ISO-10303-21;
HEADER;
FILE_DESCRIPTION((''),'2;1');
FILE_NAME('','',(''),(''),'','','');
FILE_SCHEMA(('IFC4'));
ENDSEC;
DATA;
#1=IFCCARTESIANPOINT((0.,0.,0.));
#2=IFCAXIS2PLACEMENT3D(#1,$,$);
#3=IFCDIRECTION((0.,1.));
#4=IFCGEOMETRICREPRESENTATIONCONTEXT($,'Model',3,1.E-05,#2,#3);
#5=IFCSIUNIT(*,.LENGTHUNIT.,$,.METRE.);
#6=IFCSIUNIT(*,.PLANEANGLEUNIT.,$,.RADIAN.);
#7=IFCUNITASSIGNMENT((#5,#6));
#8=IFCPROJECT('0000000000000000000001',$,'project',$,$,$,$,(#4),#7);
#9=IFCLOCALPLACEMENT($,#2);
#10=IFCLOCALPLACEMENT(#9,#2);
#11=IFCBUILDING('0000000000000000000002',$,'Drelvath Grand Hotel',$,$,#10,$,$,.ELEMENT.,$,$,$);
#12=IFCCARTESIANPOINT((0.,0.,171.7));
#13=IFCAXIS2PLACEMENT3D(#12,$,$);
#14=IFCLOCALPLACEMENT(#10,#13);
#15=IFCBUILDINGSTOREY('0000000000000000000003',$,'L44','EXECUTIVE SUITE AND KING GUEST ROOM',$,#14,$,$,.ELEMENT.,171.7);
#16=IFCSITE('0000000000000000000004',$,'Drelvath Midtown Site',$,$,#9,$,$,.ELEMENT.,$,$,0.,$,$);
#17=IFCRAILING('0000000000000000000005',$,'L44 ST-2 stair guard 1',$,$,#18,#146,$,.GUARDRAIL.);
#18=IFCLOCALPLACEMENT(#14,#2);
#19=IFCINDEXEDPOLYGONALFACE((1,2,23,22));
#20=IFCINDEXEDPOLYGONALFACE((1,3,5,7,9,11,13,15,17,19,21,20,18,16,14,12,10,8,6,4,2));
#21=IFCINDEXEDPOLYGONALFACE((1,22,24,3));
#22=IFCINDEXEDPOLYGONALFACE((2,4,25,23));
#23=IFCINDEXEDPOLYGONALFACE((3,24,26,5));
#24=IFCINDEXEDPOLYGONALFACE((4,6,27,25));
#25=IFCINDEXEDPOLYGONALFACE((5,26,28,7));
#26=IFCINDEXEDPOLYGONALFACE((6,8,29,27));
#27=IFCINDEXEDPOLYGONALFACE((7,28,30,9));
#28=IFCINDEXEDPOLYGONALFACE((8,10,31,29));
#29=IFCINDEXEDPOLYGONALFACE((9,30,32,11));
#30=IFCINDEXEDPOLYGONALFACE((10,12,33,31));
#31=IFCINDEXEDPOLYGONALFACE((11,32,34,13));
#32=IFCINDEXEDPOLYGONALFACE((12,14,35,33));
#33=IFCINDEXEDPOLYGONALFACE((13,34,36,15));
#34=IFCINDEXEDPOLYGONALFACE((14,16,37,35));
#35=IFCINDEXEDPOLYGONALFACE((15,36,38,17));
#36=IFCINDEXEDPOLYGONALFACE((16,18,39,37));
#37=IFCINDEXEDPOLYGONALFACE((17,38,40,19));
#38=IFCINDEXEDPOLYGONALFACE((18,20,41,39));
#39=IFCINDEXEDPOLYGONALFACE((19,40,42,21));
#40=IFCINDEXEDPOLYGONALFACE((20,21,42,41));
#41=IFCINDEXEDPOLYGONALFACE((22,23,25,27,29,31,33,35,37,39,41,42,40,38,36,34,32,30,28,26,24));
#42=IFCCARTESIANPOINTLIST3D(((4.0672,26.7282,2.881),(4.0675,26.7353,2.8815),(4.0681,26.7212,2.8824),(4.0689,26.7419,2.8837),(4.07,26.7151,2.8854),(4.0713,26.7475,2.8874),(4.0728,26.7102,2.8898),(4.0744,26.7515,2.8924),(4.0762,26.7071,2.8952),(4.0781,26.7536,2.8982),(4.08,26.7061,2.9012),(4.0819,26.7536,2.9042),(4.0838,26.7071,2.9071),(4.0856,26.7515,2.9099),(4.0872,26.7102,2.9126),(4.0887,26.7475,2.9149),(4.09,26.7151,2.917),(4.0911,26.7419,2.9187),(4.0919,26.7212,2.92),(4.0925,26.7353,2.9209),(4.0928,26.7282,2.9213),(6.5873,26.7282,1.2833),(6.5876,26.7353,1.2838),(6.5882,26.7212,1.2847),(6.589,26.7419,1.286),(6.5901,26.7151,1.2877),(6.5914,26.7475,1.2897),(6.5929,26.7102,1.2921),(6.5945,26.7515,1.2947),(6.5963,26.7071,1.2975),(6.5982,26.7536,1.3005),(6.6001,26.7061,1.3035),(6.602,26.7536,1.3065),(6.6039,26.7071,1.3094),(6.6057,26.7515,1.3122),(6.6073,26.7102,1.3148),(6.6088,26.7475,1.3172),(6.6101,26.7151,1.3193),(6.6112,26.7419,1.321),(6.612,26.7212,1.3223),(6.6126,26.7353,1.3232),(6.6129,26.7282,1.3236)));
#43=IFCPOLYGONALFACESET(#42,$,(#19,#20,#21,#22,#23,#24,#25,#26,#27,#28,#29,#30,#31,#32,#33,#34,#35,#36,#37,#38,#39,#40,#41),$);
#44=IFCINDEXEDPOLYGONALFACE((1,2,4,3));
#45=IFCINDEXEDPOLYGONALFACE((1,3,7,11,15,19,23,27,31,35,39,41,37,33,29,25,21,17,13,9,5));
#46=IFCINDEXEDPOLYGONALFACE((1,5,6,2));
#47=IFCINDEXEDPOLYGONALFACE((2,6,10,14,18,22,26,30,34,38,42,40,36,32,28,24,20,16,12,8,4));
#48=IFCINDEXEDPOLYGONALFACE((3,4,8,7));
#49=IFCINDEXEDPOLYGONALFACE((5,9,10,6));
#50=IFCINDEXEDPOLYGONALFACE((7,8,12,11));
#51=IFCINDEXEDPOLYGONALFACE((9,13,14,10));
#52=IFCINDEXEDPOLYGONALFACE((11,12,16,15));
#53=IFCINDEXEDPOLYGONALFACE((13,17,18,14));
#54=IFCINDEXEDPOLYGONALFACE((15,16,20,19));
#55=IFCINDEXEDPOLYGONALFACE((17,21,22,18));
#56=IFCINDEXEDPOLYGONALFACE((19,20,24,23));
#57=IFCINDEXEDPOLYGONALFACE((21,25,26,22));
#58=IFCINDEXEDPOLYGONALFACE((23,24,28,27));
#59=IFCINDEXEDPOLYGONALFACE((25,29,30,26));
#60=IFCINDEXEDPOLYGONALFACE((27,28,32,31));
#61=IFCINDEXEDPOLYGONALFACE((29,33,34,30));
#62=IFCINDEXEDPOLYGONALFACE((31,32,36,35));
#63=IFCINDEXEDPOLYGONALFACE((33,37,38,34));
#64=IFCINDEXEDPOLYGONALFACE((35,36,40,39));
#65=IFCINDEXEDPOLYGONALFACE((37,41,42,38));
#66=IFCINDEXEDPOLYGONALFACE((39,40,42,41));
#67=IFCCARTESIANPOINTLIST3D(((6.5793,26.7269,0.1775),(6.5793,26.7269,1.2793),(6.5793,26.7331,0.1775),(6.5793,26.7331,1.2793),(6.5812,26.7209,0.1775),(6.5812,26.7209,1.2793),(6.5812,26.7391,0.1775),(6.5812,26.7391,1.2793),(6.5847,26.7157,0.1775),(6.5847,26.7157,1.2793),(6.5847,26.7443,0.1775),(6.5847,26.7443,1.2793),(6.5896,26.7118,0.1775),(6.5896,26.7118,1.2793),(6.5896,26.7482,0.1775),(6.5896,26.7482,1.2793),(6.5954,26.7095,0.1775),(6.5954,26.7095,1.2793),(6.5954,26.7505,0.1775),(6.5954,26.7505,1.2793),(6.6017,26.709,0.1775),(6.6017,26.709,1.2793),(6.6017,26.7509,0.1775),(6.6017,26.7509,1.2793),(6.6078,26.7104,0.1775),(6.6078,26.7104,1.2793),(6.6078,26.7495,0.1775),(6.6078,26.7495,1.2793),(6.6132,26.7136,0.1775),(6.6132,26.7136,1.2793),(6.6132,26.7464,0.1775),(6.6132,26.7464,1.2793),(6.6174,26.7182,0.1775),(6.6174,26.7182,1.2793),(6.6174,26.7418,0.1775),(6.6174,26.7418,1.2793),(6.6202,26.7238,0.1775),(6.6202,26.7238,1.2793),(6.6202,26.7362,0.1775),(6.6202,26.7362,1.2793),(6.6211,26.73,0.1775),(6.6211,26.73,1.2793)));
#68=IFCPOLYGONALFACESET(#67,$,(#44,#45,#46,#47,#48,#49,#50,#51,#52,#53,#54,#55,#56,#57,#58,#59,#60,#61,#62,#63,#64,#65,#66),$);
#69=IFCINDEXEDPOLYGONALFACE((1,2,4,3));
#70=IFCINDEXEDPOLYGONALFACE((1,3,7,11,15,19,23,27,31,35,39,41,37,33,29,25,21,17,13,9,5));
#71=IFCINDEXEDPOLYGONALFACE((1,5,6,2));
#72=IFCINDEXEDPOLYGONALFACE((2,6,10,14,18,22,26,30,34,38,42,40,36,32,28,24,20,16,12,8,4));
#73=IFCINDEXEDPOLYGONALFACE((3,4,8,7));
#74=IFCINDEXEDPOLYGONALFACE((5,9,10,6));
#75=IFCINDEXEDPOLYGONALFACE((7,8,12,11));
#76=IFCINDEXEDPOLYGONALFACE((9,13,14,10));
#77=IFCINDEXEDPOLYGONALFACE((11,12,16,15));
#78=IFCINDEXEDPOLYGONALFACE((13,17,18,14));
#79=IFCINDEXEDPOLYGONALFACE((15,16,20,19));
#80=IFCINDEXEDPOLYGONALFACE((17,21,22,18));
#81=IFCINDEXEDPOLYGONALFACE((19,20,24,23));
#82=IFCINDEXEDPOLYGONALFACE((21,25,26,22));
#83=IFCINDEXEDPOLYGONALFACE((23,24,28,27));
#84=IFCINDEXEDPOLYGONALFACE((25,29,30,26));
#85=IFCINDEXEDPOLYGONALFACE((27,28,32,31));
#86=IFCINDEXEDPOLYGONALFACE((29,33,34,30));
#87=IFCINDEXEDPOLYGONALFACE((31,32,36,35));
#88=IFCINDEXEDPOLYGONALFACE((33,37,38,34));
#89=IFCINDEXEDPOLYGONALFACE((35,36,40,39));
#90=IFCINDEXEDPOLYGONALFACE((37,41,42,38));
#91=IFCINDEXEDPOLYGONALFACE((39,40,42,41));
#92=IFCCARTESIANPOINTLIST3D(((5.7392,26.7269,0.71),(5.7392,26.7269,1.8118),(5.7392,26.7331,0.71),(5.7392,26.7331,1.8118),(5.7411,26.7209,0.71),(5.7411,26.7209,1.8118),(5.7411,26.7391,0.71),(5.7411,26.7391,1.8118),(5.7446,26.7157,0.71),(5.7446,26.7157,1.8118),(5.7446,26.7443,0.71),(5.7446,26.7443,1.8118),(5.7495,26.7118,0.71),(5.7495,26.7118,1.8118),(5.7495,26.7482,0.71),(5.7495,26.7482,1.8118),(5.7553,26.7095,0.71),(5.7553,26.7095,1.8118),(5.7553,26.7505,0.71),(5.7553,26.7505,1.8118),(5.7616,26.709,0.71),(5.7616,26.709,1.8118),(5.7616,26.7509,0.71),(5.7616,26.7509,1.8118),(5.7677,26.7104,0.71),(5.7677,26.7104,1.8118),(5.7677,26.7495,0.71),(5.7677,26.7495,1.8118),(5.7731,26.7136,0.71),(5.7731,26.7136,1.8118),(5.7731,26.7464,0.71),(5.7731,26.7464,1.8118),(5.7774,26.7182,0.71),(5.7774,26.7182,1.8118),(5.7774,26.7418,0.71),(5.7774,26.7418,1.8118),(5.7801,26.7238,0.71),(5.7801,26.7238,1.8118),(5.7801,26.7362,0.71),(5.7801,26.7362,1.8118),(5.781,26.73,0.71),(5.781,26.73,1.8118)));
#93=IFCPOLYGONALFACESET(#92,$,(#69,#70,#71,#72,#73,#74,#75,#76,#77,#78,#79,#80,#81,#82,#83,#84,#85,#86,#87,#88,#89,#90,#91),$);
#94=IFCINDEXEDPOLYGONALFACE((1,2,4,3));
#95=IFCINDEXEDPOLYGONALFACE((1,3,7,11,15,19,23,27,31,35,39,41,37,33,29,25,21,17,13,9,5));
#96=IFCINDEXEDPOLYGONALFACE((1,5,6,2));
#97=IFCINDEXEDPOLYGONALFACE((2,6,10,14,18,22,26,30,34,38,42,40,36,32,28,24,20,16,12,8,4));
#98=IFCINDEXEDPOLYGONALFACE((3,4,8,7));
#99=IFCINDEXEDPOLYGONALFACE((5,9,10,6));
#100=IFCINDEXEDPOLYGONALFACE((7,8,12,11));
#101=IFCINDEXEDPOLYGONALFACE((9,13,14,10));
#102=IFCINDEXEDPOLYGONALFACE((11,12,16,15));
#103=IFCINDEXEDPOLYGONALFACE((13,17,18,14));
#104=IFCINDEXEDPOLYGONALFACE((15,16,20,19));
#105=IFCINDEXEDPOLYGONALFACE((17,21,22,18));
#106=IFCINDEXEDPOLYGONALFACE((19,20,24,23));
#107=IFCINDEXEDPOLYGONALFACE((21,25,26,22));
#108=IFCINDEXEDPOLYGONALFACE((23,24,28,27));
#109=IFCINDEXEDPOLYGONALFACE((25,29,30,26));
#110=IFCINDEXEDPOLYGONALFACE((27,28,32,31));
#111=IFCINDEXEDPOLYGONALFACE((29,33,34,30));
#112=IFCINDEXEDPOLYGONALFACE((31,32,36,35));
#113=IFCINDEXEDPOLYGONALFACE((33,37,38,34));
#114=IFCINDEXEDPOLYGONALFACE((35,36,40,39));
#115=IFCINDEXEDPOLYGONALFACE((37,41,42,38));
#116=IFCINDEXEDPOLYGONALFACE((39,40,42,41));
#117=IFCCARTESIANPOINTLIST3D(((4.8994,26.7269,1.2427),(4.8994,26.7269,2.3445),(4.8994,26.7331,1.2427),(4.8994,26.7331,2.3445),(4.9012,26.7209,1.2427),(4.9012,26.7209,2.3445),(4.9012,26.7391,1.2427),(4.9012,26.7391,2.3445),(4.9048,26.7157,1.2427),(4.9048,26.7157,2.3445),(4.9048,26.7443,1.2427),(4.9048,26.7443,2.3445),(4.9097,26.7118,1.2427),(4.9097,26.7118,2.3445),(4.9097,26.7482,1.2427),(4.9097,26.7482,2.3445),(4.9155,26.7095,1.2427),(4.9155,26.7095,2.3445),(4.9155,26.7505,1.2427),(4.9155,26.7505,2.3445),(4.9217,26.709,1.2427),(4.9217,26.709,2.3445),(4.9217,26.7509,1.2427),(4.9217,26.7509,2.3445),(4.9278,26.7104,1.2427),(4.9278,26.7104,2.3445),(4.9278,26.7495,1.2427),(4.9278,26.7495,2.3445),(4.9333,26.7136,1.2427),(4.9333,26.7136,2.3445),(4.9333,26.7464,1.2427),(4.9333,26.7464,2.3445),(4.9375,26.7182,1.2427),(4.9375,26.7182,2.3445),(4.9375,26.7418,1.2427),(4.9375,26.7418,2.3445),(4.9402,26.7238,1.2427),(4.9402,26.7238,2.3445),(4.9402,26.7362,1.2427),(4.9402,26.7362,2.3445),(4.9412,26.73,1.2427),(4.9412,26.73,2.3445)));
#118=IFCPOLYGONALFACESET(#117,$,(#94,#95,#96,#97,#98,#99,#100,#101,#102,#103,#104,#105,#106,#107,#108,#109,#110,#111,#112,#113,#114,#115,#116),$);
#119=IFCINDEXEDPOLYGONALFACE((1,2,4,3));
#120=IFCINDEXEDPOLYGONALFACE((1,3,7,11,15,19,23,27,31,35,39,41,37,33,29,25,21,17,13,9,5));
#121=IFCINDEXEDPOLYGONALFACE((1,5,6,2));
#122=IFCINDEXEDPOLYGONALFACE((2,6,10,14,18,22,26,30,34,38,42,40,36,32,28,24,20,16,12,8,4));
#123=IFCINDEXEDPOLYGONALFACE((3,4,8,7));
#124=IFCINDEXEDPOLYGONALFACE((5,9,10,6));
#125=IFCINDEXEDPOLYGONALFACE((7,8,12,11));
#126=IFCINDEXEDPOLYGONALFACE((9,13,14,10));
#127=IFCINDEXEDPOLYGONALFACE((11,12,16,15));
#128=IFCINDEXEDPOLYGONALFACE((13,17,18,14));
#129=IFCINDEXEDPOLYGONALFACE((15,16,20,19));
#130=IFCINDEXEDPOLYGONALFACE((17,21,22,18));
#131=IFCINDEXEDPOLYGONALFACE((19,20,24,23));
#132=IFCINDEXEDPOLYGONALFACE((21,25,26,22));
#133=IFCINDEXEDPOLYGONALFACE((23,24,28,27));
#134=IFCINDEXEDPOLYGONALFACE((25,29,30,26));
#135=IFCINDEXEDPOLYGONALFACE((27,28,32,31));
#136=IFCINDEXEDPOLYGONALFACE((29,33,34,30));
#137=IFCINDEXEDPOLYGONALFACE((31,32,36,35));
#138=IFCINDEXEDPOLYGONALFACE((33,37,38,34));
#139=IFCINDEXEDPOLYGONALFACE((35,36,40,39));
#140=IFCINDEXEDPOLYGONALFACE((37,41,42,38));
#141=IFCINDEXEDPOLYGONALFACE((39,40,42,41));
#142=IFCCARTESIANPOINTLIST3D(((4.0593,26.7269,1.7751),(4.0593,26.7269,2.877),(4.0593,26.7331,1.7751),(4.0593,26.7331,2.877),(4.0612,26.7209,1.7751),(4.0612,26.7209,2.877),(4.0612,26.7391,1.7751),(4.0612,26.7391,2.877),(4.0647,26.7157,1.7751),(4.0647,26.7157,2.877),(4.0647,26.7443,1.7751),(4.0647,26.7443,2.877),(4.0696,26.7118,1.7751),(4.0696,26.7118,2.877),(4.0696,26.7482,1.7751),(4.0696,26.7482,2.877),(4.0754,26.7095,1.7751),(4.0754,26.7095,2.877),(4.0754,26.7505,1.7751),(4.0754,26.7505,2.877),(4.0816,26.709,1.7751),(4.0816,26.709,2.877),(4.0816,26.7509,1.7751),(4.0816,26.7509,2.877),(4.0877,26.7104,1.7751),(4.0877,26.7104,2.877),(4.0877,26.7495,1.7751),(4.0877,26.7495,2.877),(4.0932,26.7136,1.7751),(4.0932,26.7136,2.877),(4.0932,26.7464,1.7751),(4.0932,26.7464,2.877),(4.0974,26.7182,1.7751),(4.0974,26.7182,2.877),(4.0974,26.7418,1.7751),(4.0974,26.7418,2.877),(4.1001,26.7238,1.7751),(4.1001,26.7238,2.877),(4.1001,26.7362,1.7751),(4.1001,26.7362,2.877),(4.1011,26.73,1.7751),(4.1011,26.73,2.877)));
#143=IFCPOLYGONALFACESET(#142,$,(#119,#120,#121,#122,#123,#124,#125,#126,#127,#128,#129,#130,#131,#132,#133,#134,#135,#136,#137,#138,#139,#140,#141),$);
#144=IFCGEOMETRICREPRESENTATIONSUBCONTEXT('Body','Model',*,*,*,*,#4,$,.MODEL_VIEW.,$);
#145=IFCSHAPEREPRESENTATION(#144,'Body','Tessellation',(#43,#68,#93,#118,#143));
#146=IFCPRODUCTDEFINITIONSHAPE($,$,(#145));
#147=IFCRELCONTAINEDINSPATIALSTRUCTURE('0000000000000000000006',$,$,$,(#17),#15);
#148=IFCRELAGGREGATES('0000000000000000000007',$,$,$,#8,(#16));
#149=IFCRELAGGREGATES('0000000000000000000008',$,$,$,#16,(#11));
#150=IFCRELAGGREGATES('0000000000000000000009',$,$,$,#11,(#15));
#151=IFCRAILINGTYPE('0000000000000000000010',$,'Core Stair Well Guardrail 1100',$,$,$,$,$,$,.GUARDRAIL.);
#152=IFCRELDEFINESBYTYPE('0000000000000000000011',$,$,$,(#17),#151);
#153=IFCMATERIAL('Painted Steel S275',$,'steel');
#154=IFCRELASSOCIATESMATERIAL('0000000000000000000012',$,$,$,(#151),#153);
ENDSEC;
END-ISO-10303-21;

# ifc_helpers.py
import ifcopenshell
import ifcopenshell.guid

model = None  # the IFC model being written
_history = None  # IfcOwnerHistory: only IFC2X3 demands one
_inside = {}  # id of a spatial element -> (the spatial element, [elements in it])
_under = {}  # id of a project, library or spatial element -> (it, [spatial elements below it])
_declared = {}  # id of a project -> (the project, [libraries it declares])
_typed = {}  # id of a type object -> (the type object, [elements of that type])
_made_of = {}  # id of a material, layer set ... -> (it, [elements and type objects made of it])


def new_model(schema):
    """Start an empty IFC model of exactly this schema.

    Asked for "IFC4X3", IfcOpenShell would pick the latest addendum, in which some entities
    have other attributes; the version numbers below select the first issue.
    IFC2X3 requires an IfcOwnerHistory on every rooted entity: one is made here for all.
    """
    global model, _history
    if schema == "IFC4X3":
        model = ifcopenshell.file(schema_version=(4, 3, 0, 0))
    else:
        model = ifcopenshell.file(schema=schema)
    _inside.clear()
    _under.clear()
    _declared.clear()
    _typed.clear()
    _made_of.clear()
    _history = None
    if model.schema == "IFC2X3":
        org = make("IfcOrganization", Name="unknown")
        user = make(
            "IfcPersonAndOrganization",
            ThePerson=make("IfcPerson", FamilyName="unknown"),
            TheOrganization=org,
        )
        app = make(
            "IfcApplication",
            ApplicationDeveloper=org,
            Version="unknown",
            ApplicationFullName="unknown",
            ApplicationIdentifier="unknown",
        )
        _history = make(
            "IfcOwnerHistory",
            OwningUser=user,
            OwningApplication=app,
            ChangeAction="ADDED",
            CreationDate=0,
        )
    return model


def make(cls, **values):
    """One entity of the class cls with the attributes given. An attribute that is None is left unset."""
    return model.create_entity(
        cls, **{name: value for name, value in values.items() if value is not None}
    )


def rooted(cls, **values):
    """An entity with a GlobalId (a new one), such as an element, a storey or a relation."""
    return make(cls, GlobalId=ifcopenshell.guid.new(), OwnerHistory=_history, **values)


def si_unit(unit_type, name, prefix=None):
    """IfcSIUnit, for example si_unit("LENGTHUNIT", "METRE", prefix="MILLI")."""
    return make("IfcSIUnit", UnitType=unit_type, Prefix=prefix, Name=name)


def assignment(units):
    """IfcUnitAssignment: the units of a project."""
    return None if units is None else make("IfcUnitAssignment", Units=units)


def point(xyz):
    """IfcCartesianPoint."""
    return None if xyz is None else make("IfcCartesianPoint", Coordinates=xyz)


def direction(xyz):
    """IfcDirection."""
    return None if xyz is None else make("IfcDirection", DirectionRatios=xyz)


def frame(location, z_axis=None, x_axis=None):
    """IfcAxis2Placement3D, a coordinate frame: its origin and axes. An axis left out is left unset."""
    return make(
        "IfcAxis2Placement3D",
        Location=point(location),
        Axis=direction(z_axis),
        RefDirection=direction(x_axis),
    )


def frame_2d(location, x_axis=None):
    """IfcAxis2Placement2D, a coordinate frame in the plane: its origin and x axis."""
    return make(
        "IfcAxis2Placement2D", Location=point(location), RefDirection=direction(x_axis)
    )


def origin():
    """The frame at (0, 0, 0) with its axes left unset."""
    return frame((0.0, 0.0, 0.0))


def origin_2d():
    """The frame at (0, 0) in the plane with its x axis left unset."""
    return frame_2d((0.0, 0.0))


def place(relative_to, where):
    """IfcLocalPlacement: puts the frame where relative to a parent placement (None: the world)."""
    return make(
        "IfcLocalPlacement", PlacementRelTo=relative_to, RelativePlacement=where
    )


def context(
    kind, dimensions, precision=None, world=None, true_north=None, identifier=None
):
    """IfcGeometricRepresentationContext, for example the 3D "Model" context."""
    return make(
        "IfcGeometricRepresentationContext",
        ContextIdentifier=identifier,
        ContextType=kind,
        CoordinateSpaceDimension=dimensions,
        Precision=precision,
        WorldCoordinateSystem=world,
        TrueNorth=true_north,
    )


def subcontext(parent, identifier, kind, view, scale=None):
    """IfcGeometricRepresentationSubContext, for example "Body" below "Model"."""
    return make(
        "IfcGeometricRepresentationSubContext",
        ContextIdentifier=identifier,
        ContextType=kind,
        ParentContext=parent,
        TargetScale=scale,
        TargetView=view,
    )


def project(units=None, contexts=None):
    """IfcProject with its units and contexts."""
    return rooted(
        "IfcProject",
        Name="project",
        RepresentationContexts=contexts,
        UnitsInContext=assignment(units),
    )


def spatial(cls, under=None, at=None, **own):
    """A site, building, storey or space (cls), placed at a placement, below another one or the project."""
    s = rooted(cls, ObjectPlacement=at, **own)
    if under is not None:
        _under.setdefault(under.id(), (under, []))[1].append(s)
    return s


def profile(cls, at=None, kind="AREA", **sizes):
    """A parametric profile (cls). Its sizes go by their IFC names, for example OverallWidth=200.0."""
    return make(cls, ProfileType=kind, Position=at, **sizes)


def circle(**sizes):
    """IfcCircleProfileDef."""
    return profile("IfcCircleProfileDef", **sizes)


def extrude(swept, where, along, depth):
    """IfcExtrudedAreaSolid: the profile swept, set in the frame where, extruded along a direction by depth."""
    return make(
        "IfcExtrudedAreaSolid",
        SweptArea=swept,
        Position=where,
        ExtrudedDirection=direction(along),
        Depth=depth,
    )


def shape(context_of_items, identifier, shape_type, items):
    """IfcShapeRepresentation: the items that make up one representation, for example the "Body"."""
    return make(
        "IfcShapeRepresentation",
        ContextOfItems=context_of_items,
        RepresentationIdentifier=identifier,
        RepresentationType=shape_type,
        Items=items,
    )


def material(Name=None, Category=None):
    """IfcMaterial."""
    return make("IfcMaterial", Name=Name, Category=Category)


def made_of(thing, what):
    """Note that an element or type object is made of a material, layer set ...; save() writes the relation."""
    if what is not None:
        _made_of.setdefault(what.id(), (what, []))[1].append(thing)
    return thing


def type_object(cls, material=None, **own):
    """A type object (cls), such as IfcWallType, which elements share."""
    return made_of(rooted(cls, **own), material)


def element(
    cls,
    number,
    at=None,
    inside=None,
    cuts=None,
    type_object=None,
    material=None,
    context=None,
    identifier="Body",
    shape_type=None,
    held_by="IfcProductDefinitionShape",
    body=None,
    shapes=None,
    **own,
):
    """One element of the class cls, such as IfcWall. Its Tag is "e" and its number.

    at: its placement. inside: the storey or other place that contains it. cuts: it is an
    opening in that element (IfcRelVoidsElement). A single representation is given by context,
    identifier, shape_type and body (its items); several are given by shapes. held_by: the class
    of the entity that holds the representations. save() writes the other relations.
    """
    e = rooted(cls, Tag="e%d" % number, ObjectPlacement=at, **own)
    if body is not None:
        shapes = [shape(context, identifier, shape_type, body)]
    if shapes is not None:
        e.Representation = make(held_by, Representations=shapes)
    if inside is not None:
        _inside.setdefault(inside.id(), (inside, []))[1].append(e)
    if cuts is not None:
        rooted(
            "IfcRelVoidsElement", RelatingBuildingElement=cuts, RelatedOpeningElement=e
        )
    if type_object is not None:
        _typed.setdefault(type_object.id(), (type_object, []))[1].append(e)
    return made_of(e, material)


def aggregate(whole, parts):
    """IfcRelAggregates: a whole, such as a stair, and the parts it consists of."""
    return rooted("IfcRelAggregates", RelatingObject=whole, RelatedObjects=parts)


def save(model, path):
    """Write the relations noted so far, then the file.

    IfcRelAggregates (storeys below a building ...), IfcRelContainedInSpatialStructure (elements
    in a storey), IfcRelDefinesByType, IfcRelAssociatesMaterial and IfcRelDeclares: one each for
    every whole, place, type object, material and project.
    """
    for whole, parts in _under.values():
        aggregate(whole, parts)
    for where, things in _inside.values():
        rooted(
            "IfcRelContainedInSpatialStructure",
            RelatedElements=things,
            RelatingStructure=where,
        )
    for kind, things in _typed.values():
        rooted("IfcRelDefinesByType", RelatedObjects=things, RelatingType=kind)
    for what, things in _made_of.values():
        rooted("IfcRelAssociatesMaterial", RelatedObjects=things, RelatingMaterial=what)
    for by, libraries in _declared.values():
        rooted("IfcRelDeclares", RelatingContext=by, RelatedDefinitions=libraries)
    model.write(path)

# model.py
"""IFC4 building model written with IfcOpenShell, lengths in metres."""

from ifc_helpers import new_model, si_unit, direction, frame, origin, origin_2d, place, context, subcontext, project, spatial, circle, extrude, material, type_object, element, save


model = new_model("IFC4")

# Units and contexts
model_context = context("Model", 3, precision=1e-05, world=origin(), true_north=direction((0.0, 1.0)))
body_context = subcontext(model_context, "Body", "Model", "MODEL_VIEW")
ifc_project = project(units=[si_unit("LENGTHUNIT", "METRE"), si_unit("PLANEANGLEUNIT", "RADIAN")], contexts=[model_context])

# Site, building, storey
site_placement = place(None, origin())
site = spatial("IfcSite", under=ifc_project, at=site_placement, Name="Drelvath Midtown Site", CompositionType="ELEMENT", RefElevation=0.0)
building_placement = place(site_placement, origin())
building = spatial("IfcBuilding", under=site, at=building_placement, Name="Drelvath Grand Hotel", CompositionType="ELEMENT")
storey_placement = place(building_placement, frame((0.0, 0.0, 171.7)))
storey = spatial("IfcBuildingStorey", under=building, at=storey_placement, Name="L44", Description="EXECUTIVE SUITE AND KING GUEST ROOM", CompositionType="ELEMENT", Elevation=171.7)

# Shared definitions
ifc_material_1 = material(Name="Painted Steel S275", Category="steel")

# Railing
railing_type_1 = type_object("IfcRailingType", Name="Core Stair Well Guardrail 1100", PredefinedType="GUARDRAIL", material=ifc_material_1)
railing_1_placement = place(storey_placement, frame((6.6001, 26.73, 0.1775)))
element("IfcRailing", 1, at=railing_1_placement, inside=storey, type_object=railing_type_1, Name="L44 ST-2 stair guard 1", PredefinedType="GUARDRAIL", context=body_context, shape_type="SweptSolid", body=[
    extrude(circle(Radius=0.0239, at=origin_2d()), frame((0.0, 0.0, 1.126), z_axis=(-0.84457, 0.0, 0.535445), x_axis=(0.0, -1.0, 0.0)), (0.0, 0.0, 1.0), 2.9839),
    extrude(circle(Radius=0.021, at=origin_2d()), origin(), (0.0, 0.0, 1.0), 1.1018),
    extrude(circle(Radius=0.021, at=origin_2d()), frame((-0.8401, 0.0, 0.5325)), (0.0, 0.0, 1.0), 1.1018),
    extrude(circle(Radius=0.021, at=origin_2d()), frame((-1.6799, 0.0, 1.0652)), (0.0, 0.0, 1.0), 1.1018),
    extrude(circle(Radius=0.021, at=origin_2d()), frame((-2.52, 0.0, 1.5977)), (0.0, 0.0, 1.0), 1.1018),
])

save(model, "model.ifc")
